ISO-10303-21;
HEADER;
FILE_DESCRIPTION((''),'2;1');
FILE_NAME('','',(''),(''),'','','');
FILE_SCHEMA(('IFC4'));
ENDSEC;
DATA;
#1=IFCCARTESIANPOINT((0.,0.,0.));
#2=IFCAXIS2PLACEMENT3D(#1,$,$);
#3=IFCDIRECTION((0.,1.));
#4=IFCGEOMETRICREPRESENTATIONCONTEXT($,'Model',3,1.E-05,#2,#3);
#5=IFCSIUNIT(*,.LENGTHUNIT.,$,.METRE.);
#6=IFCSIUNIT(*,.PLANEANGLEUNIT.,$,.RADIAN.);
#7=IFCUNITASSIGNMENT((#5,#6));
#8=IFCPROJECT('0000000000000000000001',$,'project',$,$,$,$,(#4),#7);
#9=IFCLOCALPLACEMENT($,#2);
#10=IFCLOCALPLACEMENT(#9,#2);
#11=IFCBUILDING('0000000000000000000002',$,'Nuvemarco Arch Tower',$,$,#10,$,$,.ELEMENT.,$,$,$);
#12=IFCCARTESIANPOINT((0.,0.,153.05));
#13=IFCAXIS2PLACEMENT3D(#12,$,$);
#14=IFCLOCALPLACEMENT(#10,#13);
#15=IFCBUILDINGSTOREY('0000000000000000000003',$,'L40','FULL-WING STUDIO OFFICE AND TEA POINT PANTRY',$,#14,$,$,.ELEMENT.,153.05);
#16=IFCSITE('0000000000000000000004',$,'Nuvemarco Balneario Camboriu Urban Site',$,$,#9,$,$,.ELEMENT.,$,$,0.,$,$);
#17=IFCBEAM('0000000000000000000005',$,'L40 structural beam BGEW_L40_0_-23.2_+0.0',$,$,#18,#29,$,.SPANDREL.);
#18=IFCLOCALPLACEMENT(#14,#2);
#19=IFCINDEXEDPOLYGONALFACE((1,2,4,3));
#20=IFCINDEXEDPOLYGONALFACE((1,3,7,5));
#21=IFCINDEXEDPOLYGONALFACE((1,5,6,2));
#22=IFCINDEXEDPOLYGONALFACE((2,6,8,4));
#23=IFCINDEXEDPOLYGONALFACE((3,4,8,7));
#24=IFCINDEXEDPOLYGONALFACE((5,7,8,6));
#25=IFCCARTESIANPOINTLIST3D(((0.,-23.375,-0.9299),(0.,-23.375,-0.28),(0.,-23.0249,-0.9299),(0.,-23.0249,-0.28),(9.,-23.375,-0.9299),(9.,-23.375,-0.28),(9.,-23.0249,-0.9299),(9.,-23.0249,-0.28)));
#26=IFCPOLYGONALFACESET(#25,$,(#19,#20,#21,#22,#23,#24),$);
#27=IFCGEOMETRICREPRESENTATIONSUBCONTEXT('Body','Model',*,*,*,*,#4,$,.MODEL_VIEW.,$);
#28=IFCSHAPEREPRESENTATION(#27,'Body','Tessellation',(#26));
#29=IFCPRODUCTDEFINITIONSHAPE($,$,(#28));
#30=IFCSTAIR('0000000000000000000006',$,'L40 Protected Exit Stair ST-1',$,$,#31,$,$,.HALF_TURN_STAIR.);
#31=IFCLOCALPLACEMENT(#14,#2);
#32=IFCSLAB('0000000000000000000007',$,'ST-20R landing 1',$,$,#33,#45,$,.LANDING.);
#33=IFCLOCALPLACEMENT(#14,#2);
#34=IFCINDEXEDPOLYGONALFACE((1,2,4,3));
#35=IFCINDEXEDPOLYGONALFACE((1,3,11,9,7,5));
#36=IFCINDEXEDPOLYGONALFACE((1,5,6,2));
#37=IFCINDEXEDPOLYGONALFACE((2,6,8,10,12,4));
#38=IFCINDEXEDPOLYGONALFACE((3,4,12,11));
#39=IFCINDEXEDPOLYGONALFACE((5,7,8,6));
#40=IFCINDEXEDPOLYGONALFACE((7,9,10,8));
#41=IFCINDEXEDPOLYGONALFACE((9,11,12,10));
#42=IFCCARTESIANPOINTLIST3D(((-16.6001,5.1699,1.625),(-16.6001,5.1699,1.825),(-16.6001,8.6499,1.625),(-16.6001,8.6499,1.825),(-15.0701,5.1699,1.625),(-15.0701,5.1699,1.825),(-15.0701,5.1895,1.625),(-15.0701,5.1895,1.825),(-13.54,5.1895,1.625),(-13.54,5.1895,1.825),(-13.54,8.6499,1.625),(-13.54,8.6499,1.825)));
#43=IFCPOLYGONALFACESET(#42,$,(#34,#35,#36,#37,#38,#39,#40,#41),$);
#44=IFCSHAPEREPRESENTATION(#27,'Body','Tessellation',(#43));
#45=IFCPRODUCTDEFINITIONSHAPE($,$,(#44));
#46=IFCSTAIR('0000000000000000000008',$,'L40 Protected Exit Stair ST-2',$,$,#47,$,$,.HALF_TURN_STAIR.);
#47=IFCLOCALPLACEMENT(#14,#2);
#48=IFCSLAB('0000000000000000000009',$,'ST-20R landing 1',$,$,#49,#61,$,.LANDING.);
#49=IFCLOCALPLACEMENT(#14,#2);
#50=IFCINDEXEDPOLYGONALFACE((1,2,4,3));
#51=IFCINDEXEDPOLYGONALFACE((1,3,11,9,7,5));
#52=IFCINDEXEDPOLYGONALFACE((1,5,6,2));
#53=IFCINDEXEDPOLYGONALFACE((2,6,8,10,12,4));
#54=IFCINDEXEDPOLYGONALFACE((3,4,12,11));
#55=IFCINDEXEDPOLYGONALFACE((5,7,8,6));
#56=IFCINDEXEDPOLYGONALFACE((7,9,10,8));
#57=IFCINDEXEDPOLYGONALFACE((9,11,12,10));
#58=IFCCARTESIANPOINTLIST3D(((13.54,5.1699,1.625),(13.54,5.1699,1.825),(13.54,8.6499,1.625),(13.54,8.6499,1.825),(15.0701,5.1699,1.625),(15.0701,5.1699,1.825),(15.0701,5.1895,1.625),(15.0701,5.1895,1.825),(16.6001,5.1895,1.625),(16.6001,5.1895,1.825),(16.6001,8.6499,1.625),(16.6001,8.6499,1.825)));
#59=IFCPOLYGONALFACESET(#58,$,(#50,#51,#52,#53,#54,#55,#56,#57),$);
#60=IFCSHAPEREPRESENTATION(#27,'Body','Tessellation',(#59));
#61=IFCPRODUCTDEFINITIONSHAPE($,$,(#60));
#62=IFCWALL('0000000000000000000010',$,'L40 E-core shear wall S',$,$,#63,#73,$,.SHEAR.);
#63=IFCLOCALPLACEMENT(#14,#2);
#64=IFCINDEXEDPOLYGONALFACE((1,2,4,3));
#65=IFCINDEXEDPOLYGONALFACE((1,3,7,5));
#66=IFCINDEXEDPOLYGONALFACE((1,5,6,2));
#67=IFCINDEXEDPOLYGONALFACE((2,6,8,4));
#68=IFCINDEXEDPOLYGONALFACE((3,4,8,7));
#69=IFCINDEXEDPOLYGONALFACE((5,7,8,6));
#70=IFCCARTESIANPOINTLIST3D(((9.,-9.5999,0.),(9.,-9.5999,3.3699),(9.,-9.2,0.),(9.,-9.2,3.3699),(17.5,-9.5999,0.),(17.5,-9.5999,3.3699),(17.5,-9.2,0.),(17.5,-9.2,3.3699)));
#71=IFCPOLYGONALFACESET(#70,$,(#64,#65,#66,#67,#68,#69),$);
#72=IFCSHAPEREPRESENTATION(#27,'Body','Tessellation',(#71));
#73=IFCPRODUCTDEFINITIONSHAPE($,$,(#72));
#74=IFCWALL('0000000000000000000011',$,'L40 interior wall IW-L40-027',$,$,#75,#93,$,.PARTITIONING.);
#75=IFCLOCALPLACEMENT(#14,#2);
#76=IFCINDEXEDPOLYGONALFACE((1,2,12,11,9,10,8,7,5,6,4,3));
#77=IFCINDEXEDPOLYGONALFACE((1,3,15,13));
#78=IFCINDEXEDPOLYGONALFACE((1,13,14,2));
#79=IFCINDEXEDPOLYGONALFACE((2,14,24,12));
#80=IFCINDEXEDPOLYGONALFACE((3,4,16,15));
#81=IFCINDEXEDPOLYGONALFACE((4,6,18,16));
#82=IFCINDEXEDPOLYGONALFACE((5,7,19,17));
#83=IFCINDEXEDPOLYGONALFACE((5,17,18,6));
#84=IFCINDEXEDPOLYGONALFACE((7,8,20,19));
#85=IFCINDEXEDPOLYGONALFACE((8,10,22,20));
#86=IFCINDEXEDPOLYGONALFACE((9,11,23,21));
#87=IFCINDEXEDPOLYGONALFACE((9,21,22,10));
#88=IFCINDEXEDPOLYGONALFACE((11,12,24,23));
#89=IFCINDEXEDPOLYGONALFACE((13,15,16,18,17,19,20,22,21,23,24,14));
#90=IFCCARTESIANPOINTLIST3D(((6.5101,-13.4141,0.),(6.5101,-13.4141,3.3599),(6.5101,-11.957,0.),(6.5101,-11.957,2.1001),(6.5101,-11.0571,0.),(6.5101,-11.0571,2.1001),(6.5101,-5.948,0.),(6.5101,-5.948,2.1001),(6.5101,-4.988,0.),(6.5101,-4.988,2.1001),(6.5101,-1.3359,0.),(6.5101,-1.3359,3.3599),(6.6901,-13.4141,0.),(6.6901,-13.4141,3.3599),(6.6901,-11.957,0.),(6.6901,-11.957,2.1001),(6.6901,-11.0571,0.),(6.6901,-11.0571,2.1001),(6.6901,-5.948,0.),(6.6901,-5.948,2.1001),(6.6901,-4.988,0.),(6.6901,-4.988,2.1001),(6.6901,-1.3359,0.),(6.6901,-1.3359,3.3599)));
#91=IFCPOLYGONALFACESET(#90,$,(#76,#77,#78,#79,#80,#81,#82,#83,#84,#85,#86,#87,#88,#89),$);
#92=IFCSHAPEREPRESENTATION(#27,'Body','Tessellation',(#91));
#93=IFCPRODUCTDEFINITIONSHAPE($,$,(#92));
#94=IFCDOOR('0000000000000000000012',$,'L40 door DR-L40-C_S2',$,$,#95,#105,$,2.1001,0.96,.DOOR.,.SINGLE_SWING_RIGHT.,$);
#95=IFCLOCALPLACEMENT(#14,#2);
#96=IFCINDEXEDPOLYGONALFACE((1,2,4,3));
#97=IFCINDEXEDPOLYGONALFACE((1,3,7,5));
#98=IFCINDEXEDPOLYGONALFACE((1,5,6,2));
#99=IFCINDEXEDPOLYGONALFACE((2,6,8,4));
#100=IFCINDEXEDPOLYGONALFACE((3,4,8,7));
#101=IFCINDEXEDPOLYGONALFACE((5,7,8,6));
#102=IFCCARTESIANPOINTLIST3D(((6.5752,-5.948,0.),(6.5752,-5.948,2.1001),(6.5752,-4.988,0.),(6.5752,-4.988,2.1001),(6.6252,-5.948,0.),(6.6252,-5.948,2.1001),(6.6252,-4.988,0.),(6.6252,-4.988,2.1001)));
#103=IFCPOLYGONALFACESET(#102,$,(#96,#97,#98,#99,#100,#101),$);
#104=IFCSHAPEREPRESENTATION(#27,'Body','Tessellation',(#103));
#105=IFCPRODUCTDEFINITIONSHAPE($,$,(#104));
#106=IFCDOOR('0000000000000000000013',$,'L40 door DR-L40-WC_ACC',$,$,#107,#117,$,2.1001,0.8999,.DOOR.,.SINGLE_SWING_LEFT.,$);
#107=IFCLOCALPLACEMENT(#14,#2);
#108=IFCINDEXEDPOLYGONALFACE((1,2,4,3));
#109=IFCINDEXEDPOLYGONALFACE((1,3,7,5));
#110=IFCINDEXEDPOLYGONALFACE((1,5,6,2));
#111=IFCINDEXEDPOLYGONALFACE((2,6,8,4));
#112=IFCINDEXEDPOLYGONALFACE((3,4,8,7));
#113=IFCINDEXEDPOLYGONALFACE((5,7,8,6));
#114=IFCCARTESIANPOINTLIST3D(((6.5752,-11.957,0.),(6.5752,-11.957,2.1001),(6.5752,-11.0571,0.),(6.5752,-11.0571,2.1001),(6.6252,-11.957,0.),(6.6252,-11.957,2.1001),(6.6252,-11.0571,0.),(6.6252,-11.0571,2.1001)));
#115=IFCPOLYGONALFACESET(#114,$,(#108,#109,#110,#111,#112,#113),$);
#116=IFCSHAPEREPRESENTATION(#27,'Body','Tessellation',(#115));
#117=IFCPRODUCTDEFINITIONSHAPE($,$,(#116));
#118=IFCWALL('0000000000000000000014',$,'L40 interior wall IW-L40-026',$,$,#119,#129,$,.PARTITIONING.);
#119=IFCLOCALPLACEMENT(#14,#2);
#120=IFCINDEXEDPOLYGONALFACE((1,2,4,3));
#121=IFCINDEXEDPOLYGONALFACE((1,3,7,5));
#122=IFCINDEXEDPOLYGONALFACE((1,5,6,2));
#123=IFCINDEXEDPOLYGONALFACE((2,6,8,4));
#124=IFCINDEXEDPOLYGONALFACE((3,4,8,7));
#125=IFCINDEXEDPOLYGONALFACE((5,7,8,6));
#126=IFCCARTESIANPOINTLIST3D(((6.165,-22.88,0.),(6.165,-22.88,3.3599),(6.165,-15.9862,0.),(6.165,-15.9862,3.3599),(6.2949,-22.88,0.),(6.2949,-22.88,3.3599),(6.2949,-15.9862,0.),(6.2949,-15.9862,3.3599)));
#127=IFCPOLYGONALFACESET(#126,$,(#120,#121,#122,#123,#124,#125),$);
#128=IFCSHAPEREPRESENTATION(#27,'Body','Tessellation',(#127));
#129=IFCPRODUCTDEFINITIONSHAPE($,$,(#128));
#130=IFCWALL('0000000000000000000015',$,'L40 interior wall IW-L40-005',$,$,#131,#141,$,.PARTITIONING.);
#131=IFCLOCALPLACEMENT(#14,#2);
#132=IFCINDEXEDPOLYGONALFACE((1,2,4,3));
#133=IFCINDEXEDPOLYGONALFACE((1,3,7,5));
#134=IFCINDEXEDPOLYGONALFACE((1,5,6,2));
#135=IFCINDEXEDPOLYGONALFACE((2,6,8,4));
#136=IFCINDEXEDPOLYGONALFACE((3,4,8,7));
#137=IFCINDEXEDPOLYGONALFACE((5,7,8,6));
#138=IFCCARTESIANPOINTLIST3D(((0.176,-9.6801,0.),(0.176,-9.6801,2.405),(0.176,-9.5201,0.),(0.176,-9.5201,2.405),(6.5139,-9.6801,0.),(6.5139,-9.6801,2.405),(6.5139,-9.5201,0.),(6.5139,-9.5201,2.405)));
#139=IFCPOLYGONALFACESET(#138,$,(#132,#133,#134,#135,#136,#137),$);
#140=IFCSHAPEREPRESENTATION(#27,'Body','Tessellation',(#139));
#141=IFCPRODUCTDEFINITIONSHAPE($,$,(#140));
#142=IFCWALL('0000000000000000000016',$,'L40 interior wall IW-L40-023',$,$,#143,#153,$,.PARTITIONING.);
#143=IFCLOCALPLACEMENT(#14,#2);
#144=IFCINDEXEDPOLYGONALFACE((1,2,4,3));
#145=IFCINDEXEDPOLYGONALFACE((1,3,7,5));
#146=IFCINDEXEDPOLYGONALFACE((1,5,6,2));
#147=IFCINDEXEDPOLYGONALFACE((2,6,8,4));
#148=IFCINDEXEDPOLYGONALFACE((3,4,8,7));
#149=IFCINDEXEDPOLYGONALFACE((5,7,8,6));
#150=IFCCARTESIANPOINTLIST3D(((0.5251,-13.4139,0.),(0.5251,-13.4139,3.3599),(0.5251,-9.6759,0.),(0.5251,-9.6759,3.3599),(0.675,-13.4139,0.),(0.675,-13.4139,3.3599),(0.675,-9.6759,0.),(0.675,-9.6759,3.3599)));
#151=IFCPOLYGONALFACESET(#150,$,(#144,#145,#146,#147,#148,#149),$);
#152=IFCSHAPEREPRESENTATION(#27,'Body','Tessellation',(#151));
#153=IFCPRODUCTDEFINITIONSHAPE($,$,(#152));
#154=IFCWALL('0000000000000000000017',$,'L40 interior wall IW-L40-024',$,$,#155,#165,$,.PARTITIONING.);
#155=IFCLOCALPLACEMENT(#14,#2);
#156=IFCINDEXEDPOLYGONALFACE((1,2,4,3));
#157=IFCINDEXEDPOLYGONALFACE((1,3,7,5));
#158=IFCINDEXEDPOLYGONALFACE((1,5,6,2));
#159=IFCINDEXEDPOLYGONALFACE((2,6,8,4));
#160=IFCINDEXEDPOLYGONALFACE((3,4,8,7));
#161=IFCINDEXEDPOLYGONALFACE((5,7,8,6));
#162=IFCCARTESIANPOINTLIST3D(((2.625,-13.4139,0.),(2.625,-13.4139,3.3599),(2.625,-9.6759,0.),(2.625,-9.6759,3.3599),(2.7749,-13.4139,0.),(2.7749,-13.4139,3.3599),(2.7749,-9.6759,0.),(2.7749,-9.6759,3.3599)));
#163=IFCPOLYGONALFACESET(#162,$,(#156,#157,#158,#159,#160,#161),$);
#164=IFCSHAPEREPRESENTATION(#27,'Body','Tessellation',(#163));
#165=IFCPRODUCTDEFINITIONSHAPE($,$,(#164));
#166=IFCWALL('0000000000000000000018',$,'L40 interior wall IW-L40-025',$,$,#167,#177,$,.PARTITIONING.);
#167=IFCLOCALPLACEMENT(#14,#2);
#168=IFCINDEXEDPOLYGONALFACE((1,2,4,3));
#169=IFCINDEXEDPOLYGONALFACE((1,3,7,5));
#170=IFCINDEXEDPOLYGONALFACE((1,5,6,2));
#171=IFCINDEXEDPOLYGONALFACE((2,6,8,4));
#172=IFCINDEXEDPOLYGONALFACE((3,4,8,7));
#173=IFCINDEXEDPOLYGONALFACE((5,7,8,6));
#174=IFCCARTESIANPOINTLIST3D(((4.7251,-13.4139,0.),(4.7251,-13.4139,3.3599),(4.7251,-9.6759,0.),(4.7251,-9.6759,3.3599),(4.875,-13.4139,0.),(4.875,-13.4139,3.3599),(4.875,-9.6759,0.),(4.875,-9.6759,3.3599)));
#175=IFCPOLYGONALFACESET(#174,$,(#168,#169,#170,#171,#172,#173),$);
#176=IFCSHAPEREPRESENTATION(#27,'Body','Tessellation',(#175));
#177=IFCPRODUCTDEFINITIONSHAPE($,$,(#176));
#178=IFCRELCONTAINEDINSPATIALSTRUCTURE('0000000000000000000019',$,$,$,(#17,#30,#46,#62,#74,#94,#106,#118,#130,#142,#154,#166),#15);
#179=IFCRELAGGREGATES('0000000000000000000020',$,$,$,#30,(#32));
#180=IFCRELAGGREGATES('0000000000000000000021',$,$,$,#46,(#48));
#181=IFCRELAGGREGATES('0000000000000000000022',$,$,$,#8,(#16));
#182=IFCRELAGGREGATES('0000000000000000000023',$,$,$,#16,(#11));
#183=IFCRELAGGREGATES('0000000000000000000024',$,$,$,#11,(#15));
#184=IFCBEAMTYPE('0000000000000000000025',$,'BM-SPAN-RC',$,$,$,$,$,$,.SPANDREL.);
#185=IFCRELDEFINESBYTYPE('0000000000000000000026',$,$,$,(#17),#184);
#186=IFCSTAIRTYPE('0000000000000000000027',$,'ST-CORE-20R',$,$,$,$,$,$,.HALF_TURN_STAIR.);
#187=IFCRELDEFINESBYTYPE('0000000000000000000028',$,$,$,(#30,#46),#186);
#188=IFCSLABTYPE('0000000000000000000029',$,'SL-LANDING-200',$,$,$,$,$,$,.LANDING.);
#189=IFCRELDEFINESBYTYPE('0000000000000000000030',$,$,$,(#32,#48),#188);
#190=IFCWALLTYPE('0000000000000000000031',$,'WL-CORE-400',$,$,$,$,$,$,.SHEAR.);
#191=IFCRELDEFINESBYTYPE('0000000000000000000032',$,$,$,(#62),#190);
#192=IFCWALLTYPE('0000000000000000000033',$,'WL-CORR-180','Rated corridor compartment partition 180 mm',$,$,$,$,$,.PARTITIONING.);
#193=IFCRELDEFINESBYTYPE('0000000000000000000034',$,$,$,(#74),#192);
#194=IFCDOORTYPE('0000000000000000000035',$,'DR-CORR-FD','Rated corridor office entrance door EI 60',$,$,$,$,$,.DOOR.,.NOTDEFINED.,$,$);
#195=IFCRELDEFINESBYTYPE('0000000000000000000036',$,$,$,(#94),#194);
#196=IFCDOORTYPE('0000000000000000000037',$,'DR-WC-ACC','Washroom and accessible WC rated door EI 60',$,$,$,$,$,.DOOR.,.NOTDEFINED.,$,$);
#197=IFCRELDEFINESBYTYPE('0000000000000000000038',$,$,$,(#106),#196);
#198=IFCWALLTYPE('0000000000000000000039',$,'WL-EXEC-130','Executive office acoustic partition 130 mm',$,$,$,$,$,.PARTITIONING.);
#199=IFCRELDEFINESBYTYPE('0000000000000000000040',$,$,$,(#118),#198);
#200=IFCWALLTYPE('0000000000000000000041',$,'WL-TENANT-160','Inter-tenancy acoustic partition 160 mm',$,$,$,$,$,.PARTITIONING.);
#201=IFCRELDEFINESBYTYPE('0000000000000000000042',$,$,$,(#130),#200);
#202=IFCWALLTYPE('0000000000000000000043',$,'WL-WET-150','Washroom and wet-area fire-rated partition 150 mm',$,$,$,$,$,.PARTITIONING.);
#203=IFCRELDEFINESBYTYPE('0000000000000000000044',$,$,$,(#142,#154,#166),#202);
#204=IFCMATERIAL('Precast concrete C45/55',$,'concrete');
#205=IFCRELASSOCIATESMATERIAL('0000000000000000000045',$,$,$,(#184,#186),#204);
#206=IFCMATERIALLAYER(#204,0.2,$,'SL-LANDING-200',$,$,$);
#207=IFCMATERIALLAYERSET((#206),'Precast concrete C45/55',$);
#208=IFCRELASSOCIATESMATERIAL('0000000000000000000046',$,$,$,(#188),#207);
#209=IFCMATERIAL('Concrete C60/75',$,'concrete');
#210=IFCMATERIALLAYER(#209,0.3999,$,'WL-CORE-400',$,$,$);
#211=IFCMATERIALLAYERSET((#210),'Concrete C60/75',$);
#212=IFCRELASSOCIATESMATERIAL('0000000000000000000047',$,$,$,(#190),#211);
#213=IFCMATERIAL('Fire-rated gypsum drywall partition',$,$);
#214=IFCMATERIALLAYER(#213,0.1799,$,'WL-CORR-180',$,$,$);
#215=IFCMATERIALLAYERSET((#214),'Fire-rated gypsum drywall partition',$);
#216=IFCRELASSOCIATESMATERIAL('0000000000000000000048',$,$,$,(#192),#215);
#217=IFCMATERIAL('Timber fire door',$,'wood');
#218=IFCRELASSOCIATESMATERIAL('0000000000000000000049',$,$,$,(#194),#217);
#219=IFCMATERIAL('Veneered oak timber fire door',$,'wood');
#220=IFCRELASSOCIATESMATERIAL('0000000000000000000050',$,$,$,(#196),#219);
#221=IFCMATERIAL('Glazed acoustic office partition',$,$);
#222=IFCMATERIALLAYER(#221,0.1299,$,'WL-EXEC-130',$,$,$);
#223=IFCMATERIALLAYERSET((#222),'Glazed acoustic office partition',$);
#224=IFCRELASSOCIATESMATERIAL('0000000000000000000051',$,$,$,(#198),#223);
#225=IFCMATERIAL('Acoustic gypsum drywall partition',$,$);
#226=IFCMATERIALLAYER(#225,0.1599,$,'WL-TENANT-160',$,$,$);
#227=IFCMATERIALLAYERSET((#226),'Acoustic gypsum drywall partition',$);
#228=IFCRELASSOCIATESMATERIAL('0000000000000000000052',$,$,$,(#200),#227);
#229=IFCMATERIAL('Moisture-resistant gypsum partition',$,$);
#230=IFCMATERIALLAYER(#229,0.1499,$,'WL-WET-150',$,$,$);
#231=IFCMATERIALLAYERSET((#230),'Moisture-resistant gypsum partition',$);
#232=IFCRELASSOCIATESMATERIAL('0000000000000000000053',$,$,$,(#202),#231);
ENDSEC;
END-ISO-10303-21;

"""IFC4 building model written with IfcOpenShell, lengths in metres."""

from ifc_helpers import new_model, si_unit, direction, frame, frame_2d, origin, origin_2d, place, context, subcontext, project, spatial, polyline, rectangle, outline, extrude, source, transform, mapped, material, layer, layer_set, material_profile, profile_set, type_object, type_shapes, element, fill, aggregate, save


model = new_model("IFC4")

# Units and contexts
model_context = context("Model", 3, precision=1e-05, world=origin(), true_north=direction((0.0, 1.0)))
body_context = subcontext(model_context, "Body", "Model", "MODEL_VIEW")
ifc_project = project(units=[si_unit("LENGTHUNIT", "METRE"), si_unit("PLANEANGLEUNIT", "RADIAN")], contexts=[model_context])

# Site, building, storey
site_placement = place(None, origin())
site = spatial("IfcSite", under=ifc_project, at=site_placement, Name="Nuvemarco Balneario Camboriu Urban Site", CompositionType="ELEMENT", RefElevation=0.0)
building_placement = place(site_placement, origin())
building = spatial("IfcBuilding", under=site, at=building_placement, Name="Nuvemarco Arch Tower", CompositionType="ELEMENT")
storey_placement = place(building_placement, frame((0.0, 0.0, 153.05)))
storey = spatial("IfcBuildingStorey", under=building, at=storey_placement, Name="L40", Description="FULL-WING STUDIO OFFICE AND TEA POINT PANTRY", CompositionType="ELEMENT", Elevation=153.05)

# Beam
ifc_material_1 = material(Name="Concrete C60/75", Category="concrete")
ifc_material_2 = material(Name="Precast concrete C45/55", Category="concrete")
ifc_material_profile_1 = material_profile(ifc_material_2, rectangle(XDim=0.3501, YDim=0.6499, at=origin_2d()), Name="PC-SP-350x650")
ifc_profile_set_1 = profile_set([ifc_material_profile_1], Name="Precast concrete C45/55")
beam_type_1 = type_object("IfcBeamType", Name="BM-SPAN-RC", PredefinedType="SPANDREL", material=ifc_profile_set_1)
beam_1_placement = place(storey_placement, frame((0.0, -23.2, -0.605), z_axis=(1.0, 0.0, 0.0), x_axis=(0.0, 1.0, 0.0)))
element("IfcBeam", 1, at=beam_1_placement, inside=storey, type_object=beam_type_1, Name="L40 structural beam BGEW_L40_0_-23.2_+0.0", PredefinedType="SPANDREL", context=body_context, shape_type="SweptSolid", body=[
    extrude(rectangle(XDim=0.3501, YDim=0.6499, at=origin_2d()), origin(), (0.0, 0.0, 1.0), 9.0),
])

# Stairs, slabs
stair_type = type_object("IfcStairType", Name="ST-CORE-20R", PredefinedType="HALF_TURN_STAIR", material=ifc_material_2)
stair_1_placement = place(storey_placement, origin())
stair_1 = element("IfcStair", 2, at=stair_1_placement, inside=storey, type_object=stair_type, Name="L40 Protected Exit Stair ST-1", PredefinedType="HALF_TURN_STAIR")
ifc_layer_1 = layer(ifc_material_2, 0.2, Name="SL-LANDING-200")
ifc_layer_set_1 = layer_set([ifc_layer_1], Name="Precast concrete C45/55")
slab_type = type_object("IfcSlabType", Name="SL-LANDING-200", PredefinedType="LANDING", material=ifc_layer_set_1)
slab_1_placement = place(storey_placement, frame((0.0, 0.0, 1.625)))
slab_1 = element("IfcSlab", 3, at=slab_1_placement, type_object=slab_type, Name="ST-20R landing 1", PredefinedType="LANDING", context=body_context, shape_type="SweptSolid", body=[
    extrude(outline(polyline([(-13.54, 5.1895), (-13.54, 8.6499), (-16.6001, 8.6499), (-16.6001, 5.1699), (-15.0701, 5.1699), (-15.0701, 5.1895), (-13.54, 5.1895)])), origin(), (0.0, 0.0, 1.0), 0.2),
])
aggregate(stair_1, [slab_1])
stair_2_placement = place(storey_placement, origin())
stair_2 = element("IfcStair", 4, at=stair_2_placement, inside=storey, type_object=stair_type, Name="L40 Protected Exit Stair ST-2", PredefinedType="HALF_TURN_STAIR")
slab_2_placement = place(storey_placement, frame((0.0, 0.0, 1.625)))
slab_2 = element("IfcSlab", 5, at=slab_2_placement, type_object=slab_type, Name="ST-20R landing 1", PredefinedType="LANDING", context=body_context, shape_type="SweptSolid", body=[
    extrude(outline(polyline([(16.6001, 5.1895), (16.6001, 8.6499), (13.54, 8.6499), (13.54, 5.1699), (15.0701, 5.1699), (15.0701, 5.1895), (16.6001, 5.1895)])), origin(), (0.0, 0.0, 1.0), 0.2),
])
aggregate(stair_2, [slab_2])

# Wall
ifc_layer_2 = layer(ifc_material_1, 0.3999, Name="WL-CORE-400")
ifc_layer_set_2 = layer_set([ifc_layer_2], Name="Concrete C60/75")
wall_type_1 = type_object("IfcWallType", Name="WL-CORE-400", PredefinedType="SHEAR", material=ifc_layer_set_2)
wall_1_placement = place(storey_placement, frame((9.0, -9.3999, 0.0), z_axis=(0.0, 0.0, 1.0), x_axis=(1.0, 0.0, 0.0)))
element("IfcWall", 6, at=wall_1_placement, inside=storey, type_object=wall_type_1, Name="L40 E-core shear wall S", PredefinedType="SHEAR", context=body_context, shape_type="SweptSolid", body=[
    extrude(rectangle(XDim=8.5, YDim=0.3999, at=frame_2d((4.25, 0.0))), origin(), (0.0, 0.0, 1.0), 3.3699),
])

# Wall, openings, doors
ifc_material_3 = material(Name="Fire-rated gypsum drywall partition")
ifc_layer_3 = layer(ifc_material_3, 0.1799, Name="WL-CORR-180")
ifc_layer_set_3 = layer_set([ifc_layer_3], Name="Fire-rated gypsum drywall partition")
wall_type_2 = type_object("IfcWallType", Name="WL-CORR-180", Description="Rated corridor compartment partition 180 mm", PredefinedType="PARTITIONING", material=ifc_layer_set_3)
wall_2_placement = place(storey_placement, frame((6.6001, -13.4141, 0.0), z_axis=(0.0, 0.0, 1.0), x_axis=(0.0, 1.0, 0.0)))
wall_2 = element("IfcWall", 7, at=wall_2_placement, inside=storey, type_object=wall_type_2, Name="L40 interior wall IW-L40-027", PredefinedType="PARTITIONING", context=body_context, shape_type="SweptSolid", body=[
    extrude(rectangle(XDim=12.0781, YDim=0.1799, at=frame_2d((6.0391, 0.0))), origin(), (0.0, 0.0, 1.0), 3.3599),
])
opening_1_placement = place(wall_2_placement, frame((7.4661, 0.0, 0.0)))
opening_1 = element("IfcOpeningElement", 8, at=opening_1_placement, cuts=wall_2, PredefinedType="OPENING", context=body_context, shape_type="SweptSolid", body=[
    extrude(rectangle(XDim=0.96, YDim=2.1001, at=frame_2d((0.48, 1.05))), frame((0.0, 0.0999, 0.0), z_axis=(0.0, -1.0, 0.0), x_axis=(1.0, 0.0, 0.0)), (0.0, 0.0, 1.0), 0.2),
])
opening_2_placement = place(wall_2_placement, frame((1.457, 0.0, 0.0)))
opening_2 = element("IfcOpeningElement", 9, at=opening_2_placement, cuts=wall_2, PredefinedType="OPENING", context=body_context, shape_type="SweptSolid", body=[
    extrude(rectangle(XDim=0.8999, YDim=2.1001, at=frame_2d((0.45, 1.05))), frame((0.0, 0.0999, 0.0), z_axis=(0.0, -1.0, 0.0), x_axis=(1.0, 0.0, 0.0)), (0.0, 0.0, 1.0), 0.2),
])
ifc_material_4 = material(Name="Timber fire door", Category="wood")
door_type_1 = type_object("IfcDoorType", Name="DR-CORR-FD", Description="Rated corridor office entrance door EI 60", OperationType="NOTDEFINED", PredefinedType="DOOR", material=ifc_material_4)
shared_shape_1 = source(origin(), body_context, "Body", "SweptSolid", [
    extrude(rectangle(XDim=0.96, YDim=2.1001, at=frame_2d((0.48, 1.05))), frame((0.0, 0.0249, 0.0), z_axis=(0.0, -1.0, 0.0), x_axis=(1.0, 0.0, 0.0)), (0.0, 0.0, 1.0), 0.05),
])
type_shapes(door_type_1, [shared_shape_1])
door_1_placement = place(opening_1_placement, origin())
door_1 = element("IfcDoor", 10, at=door_1_placement, inside=storey, type_object=door_type_1, Name="L40 door DR-L40-C_S2", OperationType="SINGLE_SWING_RIGHT", OverallHeight=2.1001, OverallWidth=0.96, PredefinedType="DOOR", context=body_context, shape_type="MappedRepresentation", body=[
    mapped(shared_shape_1, transform((0.0, 0.0, 0.0), scale=1.0)),
])
fill(opening_1, door_1)
ifc_material_5 = material(Name="Veneered oak timber fire door", Category="wood")
door_type_2 = type_object("IfcDoorType", Name="DR-WC-ACC", Description="Washroom and accessible WC rated door EI 60", OperationType="NOTDEFINED", PredefinedType="DOOR", material=ifc_material_5)
shared_shape_2 = source(origin(), body_context, "Body", "SweptSolid", [
    extrude(rectangle(XDim=0.8999, YDim=2.1001, at=frame_2d((0.45, 1.05))), frame((0.0, 0.0249, 0.0), z_axis=(0.0, -1.0, 0.0), x_axis=(1.0, 0.0, 0.0)), (0.0, 0.0, 1.0), 0.05),
])
type_shapes(door_type_2, [shared_shape_2])
door_2_placement = place(opening_2_placement, origin())
door_2 = element("IfcDoor", 11, at=door_2_placement, inside=storey, type_object=door_type_2, Name="L40 door DR-L40-WC_ACC", OperationType="SINGLE_SWING_LEFT", OverallHeight=2.1001, OverallWidth=0.8999, PredefinedType="DOOR", context=body_context, shape_type="MappedRepresentation", body=[
    mapped(shared_shape_2, transform((0.0, 0.0, 0.0), scale=1.0)),
])
fill(opening_2, door_2)

# Walls
ifc_material_6 = material(Name="Glazed acoustic office partition")
ifc_layer_4 = layer(ifc_material_6, 0.1299, Name="WL-EXEC-130")
ifc_layer_set_4 = layer_set([ifc_layer_4], Name="Glazed acoustic office partition")
wall_type_3 = type_object("IfcWallType", Name="WL-EXEC-130", Description="Executive office acoustic partition 130 mm", PredefinedType="PARTITIONING", material=ifc_layer_set_4)
wall_3_placement = place(storey_placement, frame((6.23, -22.8799, 0.0), z_axis=(0.0, 0.0, 1.0), x_axis=(0.0, 1.0, 0.0)))
element("IfcWall", 12, at=wall_3_placement, inside=storey, type_object=wall_type_3, Name="L40 interior wall IW-L40-026", PredefinedType="PARTITIONING", context=body_context, shape_type="SweptSolid", body=[
    extrude(rectangle(XDim=6.8938, YDim=0.1299, at=frame_2d((3.4468, 0.0))), origin(), (0.0, 0.0, 1.0), 3.3599),
])
ifc_material_7 = material(Name="Acoustic gypsum drywall partition")
ifc_layer_5 = layer(ifc_material_7, 0.1599, Name="WL-TENANT-160")
ifc_layer_set_5 = layer_set([ifc_layer_5], Name="Acoustic gypsum drywall partition")
wall_type_4 = type_object("IfcWallType", Name="WL-TENANT-160", Description="Inter-tenancy acoustic partition 160 mm", PredefinedType="PARTITIONING", material=ifc_layer_set_5)
wall_4_placement = place(storey_placement, frame((0.176, -9.6001, 0.0), z_axis=(0.0, 0.0, 1.0), x_axis=(1.0, 0.0, 0.0)))
element("IfcWall", 13, at=wall_4_placement, inside=storey, type_object=wall_type_4, Name="L40 interior wall IW-L40-005", PredefinedType="PARTITIONING", context=body_context, shape_type="SweptSolid", body=[
    extrude(rectangle(XDim=6.3379, YDim=0.1599, at=frame_2d((3.1689, 0.0))), origin(), (0.0, 0.0, 1.0), 2.405),
])
ifc_material_8 = material(Name="Moisture-resistant gypsum partition")
ifc_layer_6 = layer(ifc_material_8, 0.1499, Name="WL-WET-150")
ifc_layer_set_6 = layer_set([ifc_layer_6], Name="Moisture-resistant gypsum partition")
wall_type_5 = type_object("IfcWallType", Name="WL-WET-150", Description="Washroom and wet-area fire-rated partition 150 mm", PredefinedType="PARTITIONING", material=ifc_layer_set_6)
for number, where, z_axis, x_axis, name in (
    (14, (0.6001, -13.4141, 0.0), (0.0, 0.0, 1.0), (0.0, 1.0, 0.0), "L40 interior wall IW-L40-023"),
    (15, (2.7, -13.4141, 0.0), (0.0, 0.0, 1.0), (0.0, 1.0, 0.0), "L40 interior wall IW-L40-024"),
    (16, (4.8, -13.4141, 0.0), (0.0, 0.0, 1.0), (0.0, 1.0, 0.0), "L40 interior wall IW-L40-025"),
):
    element("IfcWall", number, at=place(storey_placement, frame(where, z_axis=z_axis, x_axis=x_axis)), inside=storey, type_object=wall_type_5, Name=name, PredefinedType="PARTITIONING", context=body_context, shape_type="SweptSolid", body=[
        extrude(rectangle(XDim=3.738, YDim=0.1499, at=frame_2d((1.8691, 0.0))), origin(), (0.0, 0.0, 1.0), 3.3599),
    ])

save(model, "model.ifc")
